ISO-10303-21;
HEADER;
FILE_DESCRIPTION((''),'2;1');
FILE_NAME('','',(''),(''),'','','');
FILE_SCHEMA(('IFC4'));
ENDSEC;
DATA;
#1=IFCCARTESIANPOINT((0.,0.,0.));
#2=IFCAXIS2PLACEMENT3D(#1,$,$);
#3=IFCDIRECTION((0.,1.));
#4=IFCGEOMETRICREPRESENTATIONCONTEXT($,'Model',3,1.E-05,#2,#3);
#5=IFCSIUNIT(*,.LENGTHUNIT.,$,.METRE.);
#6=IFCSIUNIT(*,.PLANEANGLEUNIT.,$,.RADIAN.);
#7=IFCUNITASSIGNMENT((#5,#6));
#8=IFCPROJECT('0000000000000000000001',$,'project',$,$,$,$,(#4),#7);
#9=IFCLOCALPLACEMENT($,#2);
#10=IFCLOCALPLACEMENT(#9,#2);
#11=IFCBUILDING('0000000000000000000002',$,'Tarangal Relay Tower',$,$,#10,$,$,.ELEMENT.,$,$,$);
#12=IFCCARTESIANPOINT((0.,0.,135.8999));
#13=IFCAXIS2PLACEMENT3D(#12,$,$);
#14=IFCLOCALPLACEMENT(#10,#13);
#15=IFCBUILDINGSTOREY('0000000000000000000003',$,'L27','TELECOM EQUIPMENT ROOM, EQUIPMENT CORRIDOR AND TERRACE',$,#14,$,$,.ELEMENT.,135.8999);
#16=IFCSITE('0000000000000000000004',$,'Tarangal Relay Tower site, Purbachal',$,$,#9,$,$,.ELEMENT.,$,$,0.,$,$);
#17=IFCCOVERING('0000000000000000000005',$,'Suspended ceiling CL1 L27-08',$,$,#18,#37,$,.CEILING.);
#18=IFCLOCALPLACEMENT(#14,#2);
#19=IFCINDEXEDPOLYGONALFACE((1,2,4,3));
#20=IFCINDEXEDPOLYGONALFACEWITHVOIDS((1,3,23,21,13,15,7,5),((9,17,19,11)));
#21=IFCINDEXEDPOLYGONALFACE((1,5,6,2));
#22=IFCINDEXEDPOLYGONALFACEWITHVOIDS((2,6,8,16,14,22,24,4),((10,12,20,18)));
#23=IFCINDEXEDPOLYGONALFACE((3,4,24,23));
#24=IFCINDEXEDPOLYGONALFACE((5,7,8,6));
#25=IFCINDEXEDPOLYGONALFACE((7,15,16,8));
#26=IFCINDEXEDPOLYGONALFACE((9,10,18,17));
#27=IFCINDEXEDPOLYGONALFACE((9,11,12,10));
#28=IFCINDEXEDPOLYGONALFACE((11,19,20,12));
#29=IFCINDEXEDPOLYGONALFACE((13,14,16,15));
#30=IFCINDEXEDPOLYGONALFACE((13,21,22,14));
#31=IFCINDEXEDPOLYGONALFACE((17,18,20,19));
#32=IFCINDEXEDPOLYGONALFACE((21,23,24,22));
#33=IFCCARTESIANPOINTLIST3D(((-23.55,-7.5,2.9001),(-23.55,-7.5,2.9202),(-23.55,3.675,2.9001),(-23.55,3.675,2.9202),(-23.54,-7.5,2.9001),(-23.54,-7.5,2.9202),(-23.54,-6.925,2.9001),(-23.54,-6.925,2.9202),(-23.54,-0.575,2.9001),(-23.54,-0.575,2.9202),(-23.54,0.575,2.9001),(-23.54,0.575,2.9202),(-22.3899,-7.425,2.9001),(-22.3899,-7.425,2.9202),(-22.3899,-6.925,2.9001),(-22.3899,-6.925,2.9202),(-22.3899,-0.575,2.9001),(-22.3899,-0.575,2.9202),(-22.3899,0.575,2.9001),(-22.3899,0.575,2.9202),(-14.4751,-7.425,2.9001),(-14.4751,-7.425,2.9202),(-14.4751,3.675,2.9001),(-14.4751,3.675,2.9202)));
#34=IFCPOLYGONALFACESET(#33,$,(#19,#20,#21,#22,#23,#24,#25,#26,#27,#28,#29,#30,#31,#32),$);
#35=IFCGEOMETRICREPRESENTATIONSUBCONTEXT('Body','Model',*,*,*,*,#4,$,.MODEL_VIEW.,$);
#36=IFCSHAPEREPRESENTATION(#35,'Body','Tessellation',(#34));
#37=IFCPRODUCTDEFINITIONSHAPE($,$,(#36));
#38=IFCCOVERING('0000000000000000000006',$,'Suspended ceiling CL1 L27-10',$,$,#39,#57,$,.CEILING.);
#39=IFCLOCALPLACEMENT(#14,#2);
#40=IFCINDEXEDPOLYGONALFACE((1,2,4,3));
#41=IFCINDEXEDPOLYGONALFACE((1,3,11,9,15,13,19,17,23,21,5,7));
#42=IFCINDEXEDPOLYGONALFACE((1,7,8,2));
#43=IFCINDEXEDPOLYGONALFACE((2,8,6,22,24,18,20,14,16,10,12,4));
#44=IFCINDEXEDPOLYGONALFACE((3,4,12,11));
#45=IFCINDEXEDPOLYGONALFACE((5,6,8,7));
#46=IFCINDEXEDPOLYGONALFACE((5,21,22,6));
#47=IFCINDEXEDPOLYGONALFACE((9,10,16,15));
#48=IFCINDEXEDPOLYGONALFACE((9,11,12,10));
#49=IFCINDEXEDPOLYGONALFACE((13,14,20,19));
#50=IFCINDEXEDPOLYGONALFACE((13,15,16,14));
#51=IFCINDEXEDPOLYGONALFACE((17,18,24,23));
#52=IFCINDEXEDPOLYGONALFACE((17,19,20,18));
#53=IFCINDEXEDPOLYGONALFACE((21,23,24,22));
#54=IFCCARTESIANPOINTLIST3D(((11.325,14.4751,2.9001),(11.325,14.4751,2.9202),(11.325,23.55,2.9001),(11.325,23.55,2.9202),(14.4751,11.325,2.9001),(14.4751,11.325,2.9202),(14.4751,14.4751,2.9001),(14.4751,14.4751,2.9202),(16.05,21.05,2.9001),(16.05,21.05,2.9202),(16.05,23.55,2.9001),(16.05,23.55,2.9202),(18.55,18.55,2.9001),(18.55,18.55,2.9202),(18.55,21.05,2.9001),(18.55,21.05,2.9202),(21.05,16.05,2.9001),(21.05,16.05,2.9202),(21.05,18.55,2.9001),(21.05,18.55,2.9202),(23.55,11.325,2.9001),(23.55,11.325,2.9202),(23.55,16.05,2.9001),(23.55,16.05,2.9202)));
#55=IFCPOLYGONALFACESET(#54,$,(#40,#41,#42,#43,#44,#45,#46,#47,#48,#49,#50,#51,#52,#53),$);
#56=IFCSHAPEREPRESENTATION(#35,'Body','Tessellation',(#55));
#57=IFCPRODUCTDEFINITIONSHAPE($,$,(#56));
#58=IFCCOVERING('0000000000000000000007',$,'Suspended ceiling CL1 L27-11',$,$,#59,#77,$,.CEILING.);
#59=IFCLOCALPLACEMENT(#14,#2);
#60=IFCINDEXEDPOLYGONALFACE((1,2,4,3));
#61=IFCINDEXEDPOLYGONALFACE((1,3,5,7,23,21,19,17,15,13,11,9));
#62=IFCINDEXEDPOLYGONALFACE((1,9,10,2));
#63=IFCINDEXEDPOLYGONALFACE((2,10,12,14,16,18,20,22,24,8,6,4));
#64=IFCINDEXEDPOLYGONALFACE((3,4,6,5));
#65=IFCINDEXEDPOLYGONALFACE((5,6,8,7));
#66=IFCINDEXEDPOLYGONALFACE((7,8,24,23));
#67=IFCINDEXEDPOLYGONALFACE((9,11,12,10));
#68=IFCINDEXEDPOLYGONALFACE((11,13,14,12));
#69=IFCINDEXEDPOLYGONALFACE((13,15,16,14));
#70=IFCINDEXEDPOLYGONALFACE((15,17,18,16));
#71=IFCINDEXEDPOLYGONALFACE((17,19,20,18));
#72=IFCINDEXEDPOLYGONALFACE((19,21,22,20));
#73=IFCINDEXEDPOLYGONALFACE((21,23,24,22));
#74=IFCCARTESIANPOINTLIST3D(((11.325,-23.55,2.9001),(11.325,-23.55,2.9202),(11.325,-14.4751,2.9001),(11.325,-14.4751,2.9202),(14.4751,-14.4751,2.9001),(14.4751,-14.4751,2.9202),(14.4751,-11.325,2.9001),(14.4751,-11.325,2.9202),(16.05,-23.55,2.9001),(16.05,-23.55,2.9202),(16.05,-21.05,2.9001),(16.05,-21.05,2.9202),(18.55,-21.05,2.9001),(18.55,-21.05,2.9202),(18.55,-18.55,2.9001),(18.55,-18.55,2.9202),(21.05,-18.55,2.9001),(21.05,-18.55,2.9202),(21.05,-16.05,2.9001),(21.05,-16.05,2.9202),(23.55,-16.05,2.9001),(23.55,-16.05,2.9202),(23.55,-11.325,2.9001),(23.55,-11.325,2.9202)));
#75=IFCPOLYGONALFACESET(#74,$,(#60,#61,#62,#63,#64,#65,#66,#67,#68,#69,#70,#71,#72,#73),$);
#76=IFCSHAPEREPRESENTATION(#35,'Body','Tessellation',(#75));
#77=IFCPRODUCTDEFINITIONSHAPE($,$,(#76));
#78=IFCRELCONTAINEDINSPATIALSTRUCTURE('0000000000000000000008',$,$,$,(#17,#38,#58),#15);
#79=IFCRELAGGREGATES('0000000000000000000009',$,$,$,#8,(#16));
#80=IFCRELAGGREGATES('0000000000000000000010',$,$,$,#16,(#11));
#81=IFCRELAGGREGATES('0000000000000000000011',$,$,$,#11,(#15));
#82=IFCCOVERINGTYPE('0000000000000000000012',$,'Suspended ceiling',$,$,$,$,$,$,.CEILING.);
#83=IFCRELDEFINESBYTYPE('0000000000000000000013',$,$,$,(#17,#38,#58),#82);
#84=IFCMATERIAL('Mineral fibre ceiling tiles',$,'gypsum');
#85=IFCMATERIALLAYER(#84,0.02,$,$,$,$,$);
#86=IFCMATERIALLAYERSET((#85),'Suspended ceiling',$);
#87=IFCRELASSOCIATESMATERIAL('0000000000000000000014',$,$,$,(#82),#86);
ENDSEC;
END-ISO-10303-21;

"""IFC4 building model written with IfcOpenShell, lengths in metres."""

from ifc_helpers import new_model, si_unit, direction, frame, origin, place, context, subcontext, project, spatial, polyline, outline, extrude, material, layer, layer_set, type_object, element, save


model = new_model("IFC4")

# Units and contexts
model_context = context("Model", 3, precision=1e-05, world=origin(), true_north=direction((0.0, 1.0)))
body_context = subcontext(model_context, "Body", "Model", "MODEL_VIEW")
ifc_project = project(units=[si_unit("LENGTHUNIT", "METRE"), si_unit("PLANEANGLEUNIT", "RADIAN")], contexts=[model_context])

# Site, building, storey
site_placement = place(None, origin())
site = spatial("IfcSite", under=ifc_project, at=site_placement, Name="Tarangal Relay Tower site, Purbachal", CompositionType="ELEMENT", RefElevation=0.0)
building_placement = place(site_placement, origin())
building = spatial("IfcBuilding", under=site, at=building_placement, Name="Tarangal Relay Tower", CompositionType="ELEMENT")
storey_placement = place(building_placement, frame((0.0, 0.0, 135.8999)))
storey = spatial("IfcBuildingStorey", under=building, at=storey_placement, Name="L27", Description="TELECOM EQUIPMENT ROOM, EQUIPMENT CORRIDOR AND TERRACE", CompositionType="ELEMENT", Elevation=135.8999)

# Coverings
ifc_material_1 = material(Name="Mineral fibre ceiling tiles", Category="gypsum")
ifc_layer_1 = layer(ifc_material_1, 0.02)
ifc_layer_set_1 = layer_set([ifc_layer_1], Name="Suspended ceiling")
covering_type_1 = type_object("IfcCoveringType", Name="Suspended ceiling", PredefinedType="CEILING", material=ifc_layer_set_1)
covering_1_placement = place(storey_placement, frame((0.0, 0.0, 2.9001)))
element("IfcCovering", 1, at=covering_1_placement, inside=storey, type_object=covering_type_1, Name="Suspended ceiling CL1 L27-08", PredefinedType="CEILING", context=body_context, shape_type="SweptSolid", body=[
    extrude(outline(polyline([(-23.55, 3.675), (-23.55, -7.5), (-23.54, -7.5), (-23.54, -6.925), (-22.3899, -6.925), (-22.3899, -7.425), (-14.4751, -7.425), (-14.4751, 3.675), (-23.55, 3.675)]), holes=[polyline([(-22.3899, -0.575), (-22.3899, 0.575), (-23.54, 0.575), (-23.54, -0.575), (-22.3899, -0.575)])]), origin(), (0.0, 0.0, 1.0), 0.02),
])
covering_2_placement = place(storey_placement, frame((0.0, 0.0, 2.9001)))
element("IfcCovering", 2, at=covering_2_placement, inside=storey, type_object=covering_type_1, Name="Suspended ceiling CL1 L27-10", PredefinedType="CEILING", context=body_context, shape_type="SweptSolid", body=[
    extrude(outline(polyline([(16.05, 23.55), (11.325, 23.55), (11.325, 14.4751), (14.4751, 14.4751), (14.4751, 11.325), (23.55, 11.325), (23.55, 16.05), (21.05, 16.05), (21.05, 18.55), (18.55, 18.55), (18.55, 21.05), (16.05, 21.05), (16.05, 23.55)])), origin(), (0.0, 0.0, 1.0), 0.02),
])
covering_3_placement = place(storey_placement, frame((0.0, 0.0, 2.9001)))
element("IfcCovering", 3, at=covering_3_placement, inside=storey, type_object=covering_type_1, Name="Suspended ceiling CL1 L27-11", PredefinedType="CEILING", context=body_context, shape_type="SweptSolid", body=[
    extrude(outline(polyline([(23.55, -16.05), (23.55, -11.325), (14.4751, -11.325), (14.4751, -14.4751), (11.325, -14.4751), (11.325, -23.55), (16.05, -23.55), (16.05, -21.05), (18.55, -21.05), (18.55, -18.55), (21.05, -18.55), (21.05, -16.05), (23.55, -16.05)])), origin(), (0.0, 0.0, 1.0), 0.02),
])

save(model, "model.ifc")
